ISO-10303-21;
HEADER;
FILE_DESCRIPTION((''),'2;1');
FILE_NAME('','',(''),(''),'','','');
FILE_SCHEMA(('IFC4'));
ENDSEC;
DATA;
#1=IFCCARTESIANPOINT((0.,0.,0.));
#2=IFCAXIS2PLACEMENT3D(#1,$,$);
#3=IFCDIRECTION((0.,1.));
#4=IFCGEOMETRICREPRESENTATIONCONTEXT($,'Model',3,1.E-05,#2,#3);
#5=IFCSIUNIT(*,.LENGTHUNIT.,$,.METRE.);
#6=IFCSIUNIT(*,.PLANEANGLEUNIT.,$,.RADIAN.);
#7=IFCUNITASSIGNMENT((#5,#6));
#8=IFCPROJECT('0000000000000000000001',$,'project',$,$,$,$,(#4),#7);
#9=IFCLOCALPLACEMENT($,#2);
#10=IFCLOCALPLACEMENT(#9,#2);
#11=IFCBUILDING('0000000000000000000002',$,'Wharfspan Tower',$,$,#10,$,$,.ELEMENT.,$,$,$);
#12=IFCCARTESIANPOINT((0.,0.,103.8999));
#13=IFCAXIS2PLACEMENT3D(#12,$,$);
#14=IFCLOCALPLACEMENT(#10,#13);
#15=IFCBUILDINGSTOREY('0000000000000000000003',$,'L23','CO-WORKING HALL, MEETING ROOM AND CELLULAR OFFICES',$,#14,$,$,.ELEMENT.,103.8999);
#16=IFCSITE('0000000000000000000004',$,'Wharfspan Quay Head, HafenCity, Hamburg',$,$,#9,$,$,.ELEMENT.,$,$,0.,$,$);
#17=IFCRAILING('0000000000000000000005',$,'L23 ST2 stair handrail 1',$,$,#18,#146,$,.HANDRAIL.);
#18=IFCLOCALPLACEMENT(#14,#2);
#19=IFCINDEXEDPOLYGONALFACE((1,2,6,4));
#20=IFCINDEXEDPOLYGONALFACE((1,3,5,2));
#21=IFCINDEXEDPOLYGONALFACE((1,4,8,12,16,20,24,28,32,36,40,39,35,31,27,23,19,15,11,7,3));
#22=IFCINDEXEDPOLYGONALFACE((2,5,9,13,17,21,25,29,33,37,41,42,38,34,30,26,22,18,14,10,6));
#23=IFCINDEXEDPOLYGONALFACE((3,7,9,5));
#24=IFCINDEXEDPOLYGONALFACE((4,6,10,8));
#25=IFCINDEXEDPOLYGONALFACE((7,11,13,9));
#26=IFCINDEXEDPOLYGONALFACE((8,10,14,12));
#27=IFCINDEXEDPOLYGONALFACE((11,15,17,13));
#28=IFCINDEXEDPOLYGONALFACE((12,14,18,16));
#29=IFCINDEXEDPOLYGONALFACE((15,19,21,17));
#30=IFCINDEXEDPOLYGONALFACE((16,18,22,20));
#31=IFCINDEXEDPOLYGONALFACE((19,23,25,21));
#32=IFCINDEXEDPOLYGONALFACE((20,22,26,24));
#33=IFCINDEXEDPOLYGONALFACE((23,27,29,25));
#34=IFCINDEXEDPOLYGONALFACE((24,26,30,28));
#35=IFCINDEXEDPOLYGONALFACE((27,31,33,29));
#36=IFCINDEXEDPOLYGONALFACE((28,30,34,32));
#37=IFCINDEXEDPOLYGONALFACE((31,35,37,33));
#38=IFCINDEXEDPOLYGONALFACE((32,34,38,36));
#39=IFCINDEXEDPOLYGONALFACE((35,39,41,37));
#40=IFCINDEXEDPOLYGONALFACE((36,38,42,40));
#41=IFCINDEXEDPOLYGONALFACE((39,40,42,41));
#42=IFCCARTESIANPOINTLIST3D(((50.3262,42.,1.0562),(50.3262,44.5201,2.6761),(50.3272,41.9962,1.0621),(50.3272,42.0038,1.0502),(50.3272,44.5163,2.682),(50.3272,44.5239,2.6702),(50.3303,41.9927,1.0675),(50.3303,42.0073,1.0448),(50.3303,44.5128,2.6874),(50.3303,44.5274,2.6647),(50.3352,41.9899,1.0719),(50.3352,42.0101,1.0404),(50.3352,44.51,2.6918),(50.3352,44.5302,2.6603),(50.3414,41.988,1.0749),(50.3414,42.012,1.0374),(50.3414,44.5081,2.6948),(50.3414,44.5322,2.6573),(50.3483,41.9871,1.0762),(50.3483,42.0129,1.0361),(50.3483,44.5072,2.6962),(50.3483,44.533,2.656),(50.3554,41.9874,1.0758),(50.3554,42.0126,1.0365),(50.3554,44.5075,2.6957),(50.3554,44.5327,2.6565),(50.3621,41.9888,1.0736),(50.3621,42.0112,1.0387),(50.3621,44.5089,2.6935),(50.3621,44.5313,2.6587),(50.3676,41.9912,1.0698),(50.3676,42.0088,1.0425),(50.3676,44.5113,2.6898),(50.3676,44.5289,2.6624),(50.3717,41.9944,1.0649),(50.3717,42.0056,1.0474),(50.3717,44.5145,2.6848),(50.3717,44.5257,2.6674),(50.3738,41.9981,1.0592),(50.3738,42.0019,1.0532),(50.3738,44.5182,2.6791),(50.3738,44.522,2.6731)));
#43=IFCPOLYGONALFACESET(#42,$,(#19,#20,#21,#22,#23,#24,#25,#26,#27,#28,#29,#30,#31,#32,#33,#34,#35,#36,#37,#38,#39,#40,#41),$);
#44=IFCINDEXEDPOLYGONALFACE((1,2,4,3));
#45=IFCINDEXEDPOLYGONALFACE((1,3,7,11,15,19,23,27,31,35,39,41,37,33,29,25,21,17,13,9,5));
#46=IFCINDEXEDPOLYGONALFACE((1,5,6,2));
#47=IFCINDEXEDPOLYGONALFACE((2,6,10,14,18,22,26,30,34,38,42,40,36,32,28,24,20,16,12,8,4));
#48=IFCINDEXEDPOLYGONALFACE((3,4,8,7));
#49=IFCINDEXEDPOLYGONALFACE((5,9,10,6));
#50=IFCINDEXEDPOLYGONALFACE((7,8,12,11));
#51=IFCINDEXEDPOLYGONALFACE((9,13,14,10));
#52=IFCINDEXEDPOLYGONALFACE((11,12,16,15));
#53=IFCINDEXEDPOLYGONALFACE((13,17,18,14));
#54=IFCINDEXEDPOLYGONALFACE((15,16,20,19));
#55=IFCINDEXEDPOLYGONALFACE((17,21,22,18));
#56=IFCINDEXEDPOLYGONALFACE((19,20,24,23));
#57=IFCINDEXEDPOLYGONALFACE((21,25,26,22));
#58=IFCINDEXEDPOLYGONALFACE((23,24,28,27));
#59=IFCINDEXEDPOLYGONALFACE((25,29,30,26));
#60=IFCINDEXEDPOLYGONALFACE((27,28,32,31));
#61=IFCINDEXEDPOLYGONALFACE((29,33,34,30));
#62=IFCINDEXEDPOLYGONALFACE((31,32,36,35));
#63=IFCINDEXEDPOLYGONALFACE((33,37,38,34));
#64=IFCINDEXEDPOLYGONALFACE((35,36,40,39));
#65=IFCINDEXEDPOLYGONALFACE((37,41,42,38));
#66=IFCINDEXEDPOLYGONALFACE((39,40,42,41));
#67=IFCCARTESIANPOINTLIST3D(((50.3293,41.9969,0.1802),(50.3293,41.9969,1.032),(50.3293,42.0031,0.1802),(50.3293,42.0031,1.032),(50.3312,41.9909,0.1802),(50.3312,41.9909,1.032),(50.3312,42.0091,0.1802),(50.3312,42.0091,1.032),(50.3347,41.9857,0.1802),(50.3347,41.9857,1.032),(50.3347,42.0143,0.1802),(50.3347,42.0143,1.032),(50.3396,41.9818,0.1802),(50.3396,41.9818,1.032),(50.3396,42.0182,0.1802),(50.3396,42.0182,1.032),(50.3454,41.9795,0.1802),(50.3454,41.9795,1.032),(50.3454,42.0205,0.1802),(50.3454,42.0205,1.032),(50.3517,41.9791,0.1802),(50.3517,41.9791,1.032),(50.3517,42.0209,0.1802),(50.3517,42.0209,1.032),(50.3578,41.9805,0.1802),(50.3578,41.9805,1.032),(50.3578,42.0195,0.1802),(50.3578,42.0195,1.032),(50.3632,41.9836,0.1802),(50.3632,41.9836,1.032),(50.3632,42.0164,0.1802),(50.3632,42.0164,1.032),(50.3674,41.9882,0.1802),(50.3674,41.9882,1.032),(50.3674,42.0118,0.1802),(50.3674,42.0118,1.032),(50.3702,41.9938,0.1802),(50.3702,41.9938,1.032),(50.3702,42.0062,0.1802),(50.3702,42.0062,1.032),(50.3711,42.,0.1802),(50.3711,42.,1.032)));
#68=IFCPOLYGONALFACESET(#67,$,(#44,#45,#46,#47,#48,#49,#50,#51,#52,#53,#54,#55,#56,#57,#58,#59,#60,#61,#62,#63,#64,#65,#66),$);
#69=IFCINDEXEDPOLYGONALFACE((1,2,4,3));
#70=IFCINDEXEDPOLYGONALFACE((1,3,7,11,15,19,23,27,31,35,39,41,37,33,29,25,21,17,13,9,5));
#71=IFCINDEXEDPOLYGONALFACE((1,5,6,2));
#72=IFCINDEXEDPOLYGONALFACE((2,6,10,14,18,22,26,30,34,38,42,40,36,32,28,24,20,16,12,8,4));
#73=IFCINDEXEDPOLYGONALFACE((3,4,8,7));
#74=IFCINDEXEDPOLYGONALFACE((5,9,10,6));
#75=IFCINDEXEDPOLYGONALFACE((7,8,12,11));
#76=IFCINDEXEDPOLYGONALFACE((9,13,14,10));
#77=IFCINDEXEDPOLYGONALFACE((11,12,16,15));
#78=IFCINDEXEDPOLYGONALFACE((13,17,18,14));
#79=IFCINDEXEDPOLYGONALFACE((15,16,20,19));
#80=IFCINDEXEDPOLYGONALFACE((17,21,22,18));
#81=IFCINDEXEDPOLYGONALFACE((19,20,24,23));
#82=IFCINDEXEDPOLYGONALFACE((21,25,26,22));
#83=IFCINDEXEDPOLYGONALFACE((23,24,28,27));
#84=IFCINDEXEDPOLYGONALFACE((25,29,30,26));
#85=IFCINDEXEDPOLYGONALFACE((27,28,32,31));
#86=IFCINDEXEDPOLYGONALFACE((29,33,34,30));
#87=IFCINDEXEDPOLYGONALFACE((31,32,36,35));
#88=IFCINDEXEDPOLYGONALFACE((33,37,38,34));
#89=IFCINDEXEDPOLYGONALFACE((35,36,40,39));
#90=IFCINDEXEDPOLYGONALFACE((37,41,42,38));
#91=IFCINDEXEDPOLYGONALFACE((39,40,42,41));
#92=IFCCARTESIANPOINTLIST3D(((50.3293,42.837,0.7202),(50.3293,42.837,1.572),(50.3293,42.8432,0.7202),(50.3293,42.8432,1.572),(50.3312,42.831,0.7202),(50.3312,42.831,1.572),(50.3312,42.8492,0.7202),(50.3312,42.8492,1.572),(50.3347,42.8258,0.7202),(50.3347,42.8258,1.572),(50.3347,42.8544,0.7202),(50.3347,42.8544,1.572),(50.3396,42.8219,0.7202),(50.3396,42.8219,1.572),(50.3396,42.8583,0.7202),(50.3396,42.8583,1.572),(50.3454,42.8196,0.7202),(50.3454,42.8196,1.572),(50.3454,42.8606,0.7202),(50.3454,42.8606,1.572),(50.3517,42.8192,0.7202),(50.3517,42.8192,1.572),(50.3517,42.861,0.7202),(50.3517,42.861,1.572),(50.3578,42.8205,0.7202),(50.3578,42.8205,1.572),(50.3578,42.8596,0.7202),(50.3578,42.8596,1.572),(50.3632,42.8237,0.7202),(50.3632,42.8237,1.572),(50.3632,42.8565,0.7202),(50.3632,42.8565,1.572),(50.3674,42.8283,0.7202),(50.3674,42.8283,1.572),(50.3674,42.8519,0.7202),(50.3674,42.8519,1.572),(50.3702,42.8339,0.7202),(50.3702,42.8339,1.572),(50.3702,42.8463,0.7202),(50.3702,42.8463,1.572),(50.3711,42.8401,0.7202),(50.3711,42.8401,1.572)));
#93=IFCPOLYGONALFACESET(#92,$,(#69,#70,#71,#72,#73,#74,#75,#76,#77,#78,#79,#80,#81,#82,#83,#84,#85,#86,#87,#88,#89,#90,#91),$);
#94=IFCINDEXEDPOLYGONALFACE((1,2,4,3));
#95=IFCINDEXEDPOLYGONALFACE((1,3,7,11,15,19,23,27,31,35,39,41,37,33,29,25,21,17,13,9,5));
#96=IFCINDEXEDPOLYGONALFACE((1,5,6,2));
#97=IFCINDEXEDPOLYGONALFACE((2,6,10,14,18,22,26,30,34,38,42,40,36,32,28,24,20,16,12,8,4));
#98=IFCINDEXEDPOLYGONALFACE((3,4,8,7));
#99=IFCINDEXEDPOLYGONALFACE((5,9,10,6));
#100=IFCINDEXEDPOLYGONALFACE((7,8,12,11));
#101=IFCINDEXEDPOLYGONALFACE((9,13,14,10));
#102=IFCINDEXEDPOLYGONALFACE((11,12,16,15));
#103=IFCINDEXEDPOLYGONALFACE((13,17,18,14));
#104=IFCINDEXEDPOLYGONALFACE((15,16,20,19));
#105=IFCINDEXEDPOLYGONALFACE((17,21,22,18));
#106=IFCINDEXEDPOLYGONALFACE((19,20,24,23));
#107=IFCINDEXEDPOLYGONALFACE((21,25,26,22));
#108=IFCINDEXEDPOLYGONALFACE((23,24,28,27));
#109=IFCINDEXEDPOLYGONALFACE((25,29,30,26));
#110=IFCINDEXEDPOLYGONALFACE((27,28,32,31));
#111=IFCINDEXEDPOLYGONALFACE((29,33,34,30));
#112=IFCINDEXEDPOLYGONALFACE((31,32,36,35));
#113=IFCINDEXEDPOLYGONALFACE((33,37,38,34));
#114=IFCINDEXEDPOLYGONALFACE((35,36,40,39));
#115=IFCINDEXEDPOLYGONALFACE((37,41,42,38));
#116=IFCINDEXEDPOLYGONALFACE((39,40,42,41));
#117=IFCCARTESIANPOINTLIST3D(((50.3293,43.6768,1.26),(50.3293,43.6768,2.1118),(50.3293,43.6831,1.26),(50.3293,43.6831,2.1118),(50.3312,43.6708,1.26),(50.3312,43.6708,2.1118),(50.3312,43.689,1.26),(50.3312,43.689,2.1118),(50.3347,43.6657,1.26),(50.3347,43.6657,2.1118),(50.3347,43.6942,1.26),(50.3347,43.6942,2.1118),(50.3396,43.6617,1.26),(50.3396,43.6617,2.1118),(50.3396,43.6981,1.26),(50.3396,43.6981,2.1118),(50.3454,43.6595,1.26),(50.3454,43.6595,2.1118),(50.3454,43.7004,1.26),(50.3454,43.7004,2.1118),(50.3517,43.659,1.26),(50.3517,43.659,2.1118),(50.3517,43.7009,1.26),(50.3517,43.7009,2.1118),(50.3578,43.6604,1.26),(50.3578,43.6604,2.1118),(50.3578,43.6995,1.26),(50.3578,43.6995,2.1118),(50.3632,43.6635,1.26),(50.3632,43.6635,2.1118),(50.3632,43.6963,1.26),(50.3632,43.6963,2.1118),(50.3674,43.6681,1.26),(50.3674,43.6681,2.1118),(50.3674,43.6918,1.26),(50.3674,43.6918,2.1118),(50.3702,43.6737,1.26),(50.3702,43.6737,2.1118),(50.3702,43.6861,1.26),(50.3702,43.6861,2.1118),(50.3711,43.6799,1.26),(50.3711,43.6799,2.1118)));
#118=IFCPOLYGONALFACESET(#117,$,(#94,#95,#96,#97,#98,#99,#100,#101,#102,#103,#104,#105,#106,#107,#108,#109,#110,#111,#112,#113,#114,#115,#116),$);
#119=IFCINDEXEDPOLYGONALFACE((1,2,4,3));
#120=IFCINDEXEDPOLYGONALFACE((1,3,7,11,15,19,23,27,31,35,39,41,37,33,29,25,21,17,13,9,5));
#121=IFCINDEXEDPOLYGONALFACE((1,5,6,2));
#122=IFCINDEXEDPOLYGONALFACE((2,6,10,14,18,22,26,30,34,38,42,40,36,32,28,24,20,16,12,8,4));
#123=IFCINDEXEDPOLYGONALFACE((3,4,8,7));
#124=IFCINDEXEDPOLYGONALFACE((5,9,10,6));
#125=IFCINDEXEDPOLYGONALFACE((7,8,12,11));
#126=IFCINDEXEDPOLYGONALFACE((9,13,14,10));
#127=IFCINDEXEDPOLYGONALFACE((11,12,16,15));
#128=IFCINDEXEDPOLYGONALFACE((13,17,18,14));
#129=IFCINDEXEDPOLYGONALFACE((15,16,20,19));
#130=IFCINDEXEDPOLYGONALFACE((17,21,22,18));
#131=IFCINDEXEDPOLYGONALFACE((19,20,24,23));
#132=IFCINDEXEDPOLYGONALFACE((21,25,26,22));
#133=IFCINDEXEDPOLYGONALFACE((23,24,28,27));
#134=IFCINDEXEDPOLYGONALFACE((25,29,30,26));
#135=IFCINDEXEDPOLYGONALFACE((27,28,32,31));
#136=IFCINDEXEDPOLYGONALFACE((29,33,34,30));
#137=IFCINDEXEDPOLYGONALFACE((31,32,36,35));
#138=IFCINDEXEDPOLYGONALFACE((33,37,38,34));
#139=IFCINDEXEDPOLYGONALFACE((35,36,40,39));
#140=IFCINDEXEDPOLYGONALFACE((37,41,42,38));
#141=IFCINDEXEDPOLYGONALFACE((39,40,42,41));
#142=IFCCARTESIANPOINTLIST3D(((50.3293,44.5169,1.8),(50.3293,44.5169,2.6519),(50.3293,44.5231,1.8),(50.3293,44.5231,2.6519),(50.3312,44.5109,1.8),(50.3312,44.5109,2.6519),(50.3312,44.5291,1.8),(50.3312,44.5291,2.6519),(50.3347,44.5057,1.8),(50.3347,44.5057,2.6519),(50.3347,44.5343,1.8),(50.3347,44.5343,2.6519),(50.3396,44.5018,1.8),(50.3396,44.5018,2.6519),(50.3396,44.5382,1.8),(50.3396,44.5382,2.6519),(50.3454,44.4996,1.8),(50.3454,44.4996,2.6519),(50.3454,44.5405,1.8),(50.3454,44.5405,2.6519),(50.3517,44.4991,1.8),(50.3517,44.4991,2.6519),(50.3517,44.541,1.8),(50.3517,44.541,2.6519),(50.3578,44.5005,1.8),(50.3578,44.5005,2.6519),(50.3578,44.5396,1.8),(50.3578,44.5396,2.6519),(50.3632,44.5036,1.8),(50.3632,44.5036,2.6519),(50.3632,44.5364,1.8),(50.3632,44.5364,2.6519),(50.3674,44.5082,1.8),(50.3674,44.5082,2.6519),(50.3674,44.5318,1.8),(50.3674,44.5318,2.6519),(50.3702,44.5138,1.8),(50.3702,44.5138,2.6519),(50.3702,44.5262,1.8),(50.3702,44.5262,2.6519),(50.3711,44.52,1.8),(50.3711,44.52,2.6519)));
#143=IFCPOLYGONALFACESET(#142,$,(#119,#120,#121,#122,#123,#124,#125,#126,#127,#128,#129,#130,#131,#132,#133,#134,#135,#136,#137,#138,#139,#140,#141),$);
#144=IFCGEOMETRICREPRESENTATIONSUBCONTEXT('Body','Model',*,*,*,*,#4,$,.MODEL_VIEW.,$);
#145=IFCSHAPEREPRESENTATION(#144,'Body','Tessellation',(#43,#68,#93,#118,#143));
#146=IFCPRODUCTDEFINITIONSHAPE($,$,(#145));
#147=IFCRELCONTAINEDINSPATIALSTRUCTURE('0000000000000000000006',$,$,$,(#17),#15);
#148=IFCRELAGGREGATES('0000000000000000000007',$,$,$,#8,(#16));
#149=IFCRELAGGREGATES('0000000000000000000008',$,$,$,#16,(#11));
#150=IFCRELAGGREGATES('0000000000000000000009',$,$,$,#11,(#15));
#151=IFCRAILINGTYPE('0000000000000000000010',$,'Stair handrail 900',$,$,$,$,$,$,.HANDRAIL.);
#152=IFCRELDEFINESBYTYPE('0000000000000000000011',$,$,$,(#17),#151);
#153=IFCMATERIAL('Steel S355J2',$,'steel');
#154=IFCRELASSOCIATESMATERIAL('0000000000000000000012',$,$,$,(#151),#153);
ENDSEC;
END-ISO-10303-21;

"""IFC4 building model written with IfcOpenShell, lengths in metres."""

from ifc_helpers import new_model, si_unit, direction, frame, origin, origin_2d, place, context, subcontext, project, spatial, circle, extrude, material, type_object, element, save


model = new_model("IFC4")

# Units and contexts
model_context = context("Model", 3, precision=1e-05, world=origin(), true_north=direction((0.0, 1.0)))
body_context = subcontext(model_context, "Body", "Model", "MODEL_VIEW")
ifc_project = project(units=[si_unit("LENGTHUNIT", "METRE"), si_unit("PLANEANGLEUNIT", "RADIAN")], contexts=[model_context])

# Site, building, storey
site_placement = place(None, origin())
site = spatial("IfcSite", under=ifc_project, at=site_placement, Name="Wharfspan Quay Head, HafenCity, Hamburg", CompositionType="ELEMENT", RefElevation=0.0)
building_placement = place(site_placement, origin())
building = spatial("IfcBuilding", under=site, at=building_placement, Name="Wharfspan Tower", CompositionType="ELEMENT")
storey_placement = place(building_placement, frame((0.0, 0.0, 103.8999)))
storey = spatial("IfcBuildingStorey", under=building, at=storey_placement, Name="L23", Description="CO-WORKING HALL, MEETING ROOM AND CELLULAR OFFICES", CompositionType="ELEMENT", Elevation=103.8999)

# Shared definitions
ifc_material_1 = material(Name="Steel S355J2", Category="steel")

# Railing
railing_type_1 = type_object("IfcRailingType", Name="Stair handrail 900", PredefinedType="HANDRAIL", material=ifc_material_1)
railing_1_placement = place(storey_placement, frame((50.3501, 42.0, 0.1802)))
element("IfcRailing", 1, at=railing_1_placement, inside=storey, type_object=railing_type_1, Name="L23 ST2 stair handrail 1", PredefinedType="HANDRAIL", context=body_context, shape_type="SweptSolid", body=[
    extrude(circle(Radius=0.0239, at=origin_2d()), frame((0.0, 0.0, 0.876), z_axis=(0.0, 0.8412, 0.540725), x_axis=(-1.0, 0.0, 0.0)), (0.0, 0.0, 1.0), 2.9958),
    extrude(circle(Radius=0.021, at=origin_2d()), origin(), (0.0, 0.0, 1.0), 0.8518),
    extrude(circle(Radius=0.021, at=origin_2d()), frame((0.0, 0.8401, 0.54)), (0.0, 0.0, 1.0), 0.8518),
    extrude(circle(Radius=0.021, at=origin_2d()), frame((0.0, 1.6799, 1.0798)), (0.0, 0.0, 1.0), 0.8518),
    extrude(circle(Radius=0.021, at=origin_2d()), frame((0.0, 2.52, 1.6199)), (0.0, 0.0, 1.0), 0.8518),
])

save(model, "model.ifc")
